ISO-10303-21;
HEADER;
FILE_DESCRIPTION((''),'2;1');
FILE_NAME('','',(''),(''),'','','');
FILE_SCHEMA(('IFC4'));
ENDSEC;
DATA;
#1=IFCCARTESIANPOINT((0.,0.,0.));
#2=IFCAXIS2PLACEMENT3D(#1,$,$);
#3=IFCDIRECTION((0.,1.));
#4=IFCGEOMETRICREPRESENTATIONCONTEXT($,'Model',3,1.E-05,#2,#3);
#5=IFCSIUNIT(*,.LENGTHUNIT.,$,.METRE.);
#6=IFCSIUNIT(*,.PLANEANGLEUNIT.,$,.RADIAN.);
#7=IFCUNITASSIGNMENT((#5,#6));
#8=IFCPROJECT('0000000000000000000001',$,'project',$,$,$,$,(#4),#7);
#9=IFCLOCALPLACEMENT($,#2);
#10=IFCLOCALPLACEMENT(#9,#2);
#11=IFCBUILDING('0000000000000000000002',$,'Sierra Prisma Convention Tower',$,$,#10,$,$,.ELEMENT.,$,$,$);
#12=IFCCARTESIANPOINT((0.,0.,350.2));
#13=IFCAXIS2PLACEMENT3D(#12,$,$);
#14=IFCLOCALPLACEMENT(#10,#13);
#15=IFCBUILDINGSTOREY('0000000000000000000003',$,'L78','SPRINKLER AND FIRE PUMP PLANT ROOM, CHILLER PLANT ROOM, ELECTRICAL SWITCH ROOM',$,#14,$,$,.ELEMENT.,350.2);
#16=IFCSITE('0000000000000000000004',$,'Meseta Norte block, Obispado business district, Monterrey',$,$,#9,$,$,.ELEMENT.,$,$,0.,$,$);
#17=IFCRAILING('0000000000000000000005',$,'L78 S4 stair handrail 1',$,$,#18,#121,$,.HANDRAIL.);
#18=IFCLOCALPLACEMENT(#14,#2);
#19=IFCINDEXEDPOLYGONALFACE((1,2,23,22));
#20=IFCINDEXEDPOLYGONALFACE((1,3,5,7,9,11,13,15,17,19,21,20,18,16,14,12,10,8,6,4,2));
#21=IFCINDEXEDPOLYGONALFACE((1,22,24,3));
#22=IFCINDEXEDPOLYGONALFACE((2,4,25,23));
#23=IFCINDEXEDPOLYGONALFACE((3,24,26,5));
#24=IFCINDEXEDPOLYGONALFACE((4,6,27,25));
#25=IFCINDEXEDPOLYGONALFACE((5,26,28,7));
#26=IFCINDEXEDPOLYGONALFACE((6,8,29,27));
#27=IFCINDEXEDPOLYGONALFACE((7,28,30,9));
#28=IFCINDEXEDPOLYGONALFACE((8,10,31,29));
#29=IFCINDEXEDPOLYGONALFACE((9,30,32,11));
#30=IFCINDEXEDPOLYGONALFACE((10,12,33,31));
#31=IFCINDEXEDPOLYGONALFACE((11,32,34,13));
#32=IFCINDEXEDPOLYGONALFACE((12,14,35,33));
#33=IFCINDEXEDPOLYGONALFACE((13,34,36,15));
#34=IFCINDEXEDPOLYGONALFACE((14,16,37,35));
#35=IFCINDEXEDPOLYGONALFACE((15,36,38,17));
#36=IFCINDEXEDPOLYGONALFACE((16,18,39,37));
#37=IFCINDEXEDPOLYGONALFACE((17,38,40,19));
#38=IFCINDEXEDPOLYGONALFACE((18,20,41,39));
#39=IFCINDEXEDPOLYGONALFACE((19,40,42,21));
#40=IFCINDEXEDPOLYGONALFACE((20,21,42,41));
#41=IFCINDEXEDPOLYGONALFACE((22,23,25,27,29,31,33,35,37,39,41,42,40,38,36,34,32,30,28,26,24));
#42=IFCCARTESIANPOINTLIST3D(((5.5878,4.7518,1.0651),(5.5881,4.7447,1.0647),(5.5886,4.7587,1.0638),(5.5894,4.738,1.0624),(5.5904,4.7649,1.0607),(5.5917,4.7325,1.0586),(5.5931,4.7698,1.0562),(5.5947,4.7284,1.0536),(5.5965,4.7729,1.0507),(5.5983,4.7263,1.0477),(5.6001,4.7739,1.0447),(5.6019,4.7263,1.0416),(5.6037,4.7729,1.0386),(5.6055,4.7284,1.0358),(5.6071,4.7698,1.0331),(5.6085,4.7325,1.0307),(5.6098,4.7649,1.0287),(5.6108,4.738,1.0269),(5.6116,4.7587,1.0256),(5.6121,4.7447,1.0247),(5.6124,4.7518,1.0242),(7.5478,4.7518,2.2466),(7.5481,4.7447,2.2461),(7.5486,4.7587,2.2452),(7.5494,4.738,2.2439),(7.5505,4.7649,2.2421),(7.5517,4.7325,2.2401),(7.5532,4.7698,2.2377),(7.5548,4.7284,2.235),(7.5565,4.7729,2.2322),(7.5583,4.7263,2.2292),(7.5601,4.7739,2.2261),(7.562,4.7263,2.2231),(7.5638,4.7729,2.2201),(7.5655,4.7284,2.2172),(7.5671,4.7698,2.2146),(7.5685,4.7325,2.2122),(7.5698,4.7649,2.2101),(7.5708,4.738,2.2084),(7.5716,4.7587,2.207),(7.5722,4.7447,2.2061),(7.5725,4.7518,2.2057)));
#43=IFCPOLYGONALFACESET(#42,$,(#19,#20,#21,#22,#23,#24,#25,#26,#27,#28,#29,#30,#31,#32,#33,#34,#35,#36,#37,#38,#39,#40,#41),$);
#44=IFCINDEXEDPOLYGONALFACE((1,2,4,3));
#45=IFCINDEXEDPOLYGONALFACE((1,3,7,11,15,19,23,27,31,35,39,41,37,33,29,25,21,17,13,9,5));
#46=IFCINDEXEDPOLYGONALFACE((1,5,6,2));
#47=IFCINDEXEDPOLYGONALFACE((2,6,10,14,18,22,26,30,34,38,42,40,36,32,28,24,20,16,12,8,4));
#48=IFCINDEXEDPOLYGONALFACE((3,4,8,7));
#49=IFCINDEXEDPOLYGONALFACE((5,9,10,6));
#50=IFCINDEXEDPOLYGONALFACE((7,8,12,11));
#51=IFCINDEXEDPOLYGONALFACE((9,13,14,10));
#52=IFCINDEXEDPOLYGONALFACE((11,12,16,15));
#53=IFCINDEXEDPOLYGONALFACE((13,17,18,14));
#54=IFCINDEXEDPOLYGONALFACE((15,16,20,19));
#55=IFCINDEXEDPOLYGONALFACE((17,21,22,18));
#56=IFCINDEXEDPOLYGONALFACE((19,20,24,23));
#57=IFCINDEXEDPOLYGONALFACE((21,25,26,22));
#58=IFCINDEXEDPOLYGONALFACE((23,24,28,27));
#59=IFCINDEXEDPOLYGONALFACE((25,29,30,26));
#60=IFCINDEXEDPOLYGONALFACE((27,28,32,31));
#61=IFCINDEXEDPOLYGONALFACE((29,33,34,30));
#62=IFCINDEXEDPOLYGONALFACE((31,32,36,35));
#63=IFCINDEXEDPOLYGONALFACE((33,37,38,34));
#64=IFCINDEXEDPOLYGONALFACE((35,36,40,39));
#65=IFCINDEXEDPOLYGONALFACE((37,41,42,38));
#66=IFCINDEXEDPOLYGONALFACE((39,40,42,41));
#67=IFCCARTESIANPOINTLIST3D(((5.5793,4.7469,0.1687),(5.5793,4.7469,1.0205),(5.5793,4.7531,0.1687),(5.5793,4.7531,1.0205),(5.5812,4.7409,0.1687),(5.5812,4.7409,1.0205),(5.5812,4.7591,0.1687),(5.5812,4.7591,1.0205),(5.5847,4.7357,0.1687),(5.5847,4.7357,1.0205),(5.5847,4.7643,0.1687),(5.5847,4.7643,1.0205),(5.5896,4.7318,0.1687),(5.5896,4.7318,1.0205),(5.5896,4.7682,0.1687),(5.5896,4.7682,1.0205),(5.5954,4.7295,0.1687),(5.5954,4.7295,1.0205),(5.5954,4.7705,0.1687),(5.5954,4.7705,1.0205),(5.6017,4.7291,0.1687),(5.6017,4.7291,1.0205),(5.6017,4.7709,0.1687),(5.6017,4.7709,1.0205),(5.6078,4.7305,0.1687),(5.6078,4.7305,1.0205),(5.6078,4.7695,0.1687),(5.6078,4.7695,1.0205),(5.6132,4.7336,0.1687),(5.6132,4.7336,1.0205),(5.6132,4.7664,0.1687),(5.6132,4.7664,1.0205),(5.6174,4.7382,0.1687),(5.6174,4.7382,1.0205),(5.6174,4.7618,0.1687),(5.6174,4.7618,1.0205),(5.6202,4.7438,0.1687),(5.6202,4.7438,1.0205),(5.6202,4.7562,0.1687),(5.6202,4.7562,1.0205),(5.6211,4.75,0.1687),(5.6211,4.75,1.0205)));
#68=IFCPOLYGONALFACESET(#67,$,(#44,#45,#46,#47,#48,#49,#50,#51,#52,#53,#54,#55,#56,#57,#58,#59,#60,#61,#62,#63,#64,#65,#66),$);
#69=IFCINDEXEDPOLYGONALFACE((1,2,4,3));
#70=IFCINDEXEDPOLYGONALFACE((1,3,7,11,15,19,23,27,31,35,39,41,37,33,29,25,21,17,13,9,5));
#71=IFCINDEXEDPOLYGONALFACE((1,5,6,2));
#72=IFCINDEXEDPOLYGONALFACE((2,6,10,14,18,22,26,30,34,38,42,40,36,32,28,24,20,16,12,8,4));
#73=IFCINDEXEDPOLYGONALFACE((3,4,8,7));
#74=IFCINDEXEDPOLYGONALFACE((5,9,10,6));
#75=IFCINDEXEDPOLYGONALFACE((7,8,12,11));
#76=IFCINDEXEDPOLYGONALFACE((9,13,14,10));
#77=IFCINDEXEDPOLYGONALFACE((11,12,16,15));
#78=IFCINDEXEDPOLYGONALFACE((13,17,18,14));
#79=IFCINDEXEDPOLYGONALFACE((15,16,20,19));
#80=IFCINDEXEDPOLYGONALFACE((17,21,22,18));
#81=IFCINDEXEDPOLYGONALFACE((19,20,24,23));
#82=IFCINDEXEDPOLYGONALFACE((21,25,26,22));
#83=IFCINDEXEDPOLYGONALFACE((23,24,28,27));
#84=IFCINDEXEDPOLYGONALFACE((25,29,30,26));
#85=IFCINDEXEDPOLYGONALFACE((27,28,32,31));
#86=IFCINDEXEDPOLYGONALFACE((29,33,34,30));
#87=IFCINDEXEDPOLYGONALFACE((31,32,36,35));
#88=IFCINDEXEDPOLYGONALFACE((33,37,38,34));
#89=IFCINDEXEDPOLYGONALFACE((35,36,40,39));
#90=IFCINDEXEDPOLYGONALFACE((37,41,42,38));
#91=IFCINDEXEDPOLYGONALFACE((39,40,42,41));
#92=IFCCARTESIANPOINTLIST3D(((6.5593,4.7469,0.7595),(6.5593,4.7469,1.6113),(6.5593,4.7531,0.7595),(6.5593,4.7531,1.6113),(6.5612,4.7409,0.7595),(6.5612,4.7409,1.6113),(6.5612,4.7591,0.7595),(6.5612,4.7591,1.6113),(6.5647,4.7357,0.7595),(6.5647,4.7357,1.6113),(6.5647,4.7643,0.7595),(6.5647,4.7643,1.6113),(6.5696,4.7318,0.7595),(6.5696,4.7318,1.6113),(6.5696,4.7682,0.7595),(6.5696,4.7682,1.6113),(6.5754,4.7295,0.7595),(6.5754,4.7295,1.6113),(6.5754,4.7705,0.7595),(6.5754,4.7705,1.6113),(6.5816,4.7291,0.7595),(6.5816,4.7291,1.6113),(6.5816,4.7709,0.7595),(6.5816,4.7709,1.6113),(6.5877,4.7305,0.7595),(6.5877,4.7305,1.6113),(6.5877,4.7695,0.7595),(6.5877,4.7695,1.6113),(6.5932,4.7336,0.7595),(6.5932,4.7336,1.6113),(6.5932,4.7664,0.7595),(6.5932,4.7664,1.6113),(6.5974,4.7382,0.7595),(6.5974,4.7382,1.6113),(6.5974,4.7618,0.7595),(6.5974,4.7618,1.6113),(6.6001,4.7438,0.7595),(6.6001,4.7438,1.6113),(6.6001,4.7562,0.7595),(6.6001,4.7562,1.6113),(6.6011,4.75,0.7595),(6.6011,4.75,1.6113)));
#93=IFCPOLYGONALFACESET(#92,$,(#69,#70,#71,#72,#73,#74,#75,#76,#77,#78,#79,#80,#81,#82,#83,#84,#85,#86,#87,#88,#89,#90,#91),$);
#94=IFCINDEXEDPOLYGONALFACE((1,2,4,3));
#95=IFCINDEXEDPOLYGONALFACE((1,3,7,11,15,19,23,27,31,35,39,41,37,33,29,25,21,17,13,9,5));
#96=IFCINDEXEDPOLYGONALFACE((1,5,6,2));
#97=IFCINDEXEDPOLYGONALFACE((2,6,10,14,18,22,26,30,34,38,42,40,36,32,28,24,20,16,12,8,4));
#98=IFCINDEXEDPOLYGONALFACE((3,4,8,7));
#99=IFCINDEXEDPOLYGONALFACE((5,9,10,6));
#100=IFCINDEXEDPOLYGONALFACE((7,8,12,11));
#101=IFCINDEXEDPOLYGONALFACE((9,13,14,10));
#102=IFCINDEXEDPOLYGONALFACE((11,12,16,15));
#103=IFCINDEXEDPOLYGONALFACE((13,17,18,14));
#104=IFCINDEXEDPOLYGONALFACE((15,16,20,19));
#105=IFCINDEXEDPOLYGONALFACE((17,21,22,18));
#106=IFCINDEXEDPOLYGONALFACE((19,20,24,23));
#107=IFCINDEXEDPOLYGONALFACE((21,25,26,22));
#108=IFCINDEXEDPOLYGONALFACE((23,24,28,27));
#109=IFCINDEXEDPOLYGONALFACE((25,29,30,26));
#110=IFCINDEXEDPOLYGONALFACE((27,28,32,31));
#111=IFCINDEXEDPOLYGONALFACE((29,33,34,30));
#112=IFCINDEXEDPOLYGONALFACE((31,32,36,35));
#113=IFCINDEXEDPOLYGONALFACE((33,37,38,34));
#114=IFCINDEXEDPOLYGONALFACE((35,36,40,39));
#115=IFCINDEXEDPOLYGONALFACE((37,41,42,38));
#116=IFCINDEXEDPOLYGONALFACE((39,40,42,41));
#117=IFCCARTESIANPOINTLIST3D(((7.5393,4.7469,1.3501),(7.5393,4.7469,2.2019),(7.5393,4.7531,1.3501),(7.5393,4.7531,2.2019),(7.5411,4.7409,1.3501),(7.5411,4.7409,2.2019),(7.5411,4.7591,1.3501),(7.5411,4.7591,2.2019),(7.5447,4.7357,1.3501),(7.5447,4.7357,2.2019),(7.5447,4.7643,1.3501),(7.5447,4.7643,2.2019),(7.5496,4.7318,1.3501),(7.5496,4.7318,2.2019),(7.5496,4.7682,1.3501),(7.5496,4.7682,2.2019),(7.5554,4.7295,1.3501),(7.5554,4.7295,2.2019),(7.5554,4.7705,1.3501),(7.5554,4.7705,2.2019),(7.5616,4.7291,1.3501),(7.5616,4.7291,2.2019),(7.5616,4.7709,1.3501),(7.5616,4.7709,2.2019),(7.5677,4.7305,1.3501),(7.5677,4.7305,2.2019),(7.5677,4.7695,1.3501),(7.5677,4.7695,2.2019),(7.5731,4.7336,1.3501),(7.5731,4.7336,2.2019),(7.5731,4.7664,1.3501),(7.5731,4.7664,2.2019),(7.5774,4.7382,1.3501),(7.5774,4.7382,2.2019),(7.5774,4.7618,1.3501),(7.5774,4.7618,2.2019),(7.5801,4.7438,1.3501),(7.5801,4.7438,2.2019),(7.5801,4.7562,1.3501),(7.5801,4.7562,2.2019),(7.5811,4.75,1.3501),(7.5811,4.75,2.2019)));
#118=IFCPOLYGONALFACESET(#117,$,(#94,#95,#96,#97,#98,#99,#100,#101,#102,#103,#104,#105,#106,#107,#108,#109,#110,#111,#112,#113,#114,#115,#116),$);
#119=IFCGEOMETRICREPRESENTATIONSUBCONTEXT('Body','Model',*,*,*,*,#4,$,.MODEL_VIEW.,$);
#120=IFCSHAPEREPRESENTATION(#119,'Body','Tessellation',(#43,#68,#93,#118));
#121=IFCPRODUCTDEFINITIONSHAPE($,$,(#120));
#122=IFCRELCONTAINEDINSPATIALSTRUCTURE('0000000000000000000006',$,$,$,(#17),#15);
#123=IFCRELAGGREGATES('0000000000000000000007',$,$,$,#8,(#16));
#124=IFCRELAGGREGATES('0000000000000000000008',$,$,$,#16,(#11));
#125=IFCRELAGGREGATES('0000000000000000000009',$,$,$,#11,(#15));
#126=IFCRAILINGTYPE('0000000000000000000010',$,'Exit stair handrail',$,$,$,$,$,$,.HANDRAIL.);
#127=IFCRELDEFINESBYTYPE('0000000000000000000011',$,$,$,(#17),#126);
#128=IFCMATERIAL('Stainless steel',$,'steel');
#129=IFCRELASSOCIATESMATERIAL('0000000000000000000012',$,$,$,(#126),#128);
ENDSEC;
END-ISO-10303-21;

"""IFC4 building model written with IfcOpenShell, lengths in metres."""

from ifc_helpers import new_model, si_unit, direction, frame, origin, origin_2d, place, context, subcontext, project, spatial, circle, extrude, material, type_object, element, save


model = new_model("IFC4")

# Units and contexts
model_context = context("Model", 3, precision=1e-05, world=origin(), true_north=direction((0.0, 1.0)))
body_context = subcontext(model_context, "Body", "Model", "MODEL_VIEW")
ifc_project = project(units=[si_unit("LENGTHUNIT", "METRE"), si_unit("PLANEANGLEUNIT", "RADIAN")], contexts=[model_context])

# Site, building, storey
site_placement = place(None, origin())
site = spatial("IfcSite", under=ifc_project, at=site_placement, Name="Meseta Norte block, Obispado business district, Monterrey", CompositionType="ELEMENT", RefElevation=0.0)
building_placement = place(site_placement, origin())
building = spatial("IfcBuilding", under=site, at=building_placement, Name="Sierra Prisma Convention Tower", CompositionType="ELEMENT")
storey_placement = place(building_placement, frame((0.0, 0.0, 350.2)))
storey = spatial("IfcBuildingStorey", under=building, at=storey_placement, Name="L78", Description="SPRINKLER AND FIRE PUMP PLANT ROOM, CHILLER PLANT ROOM, ELECTRICAL SWITCH ROOM", CompositionType="ELEMENT", Elevation=350.2)

# Railing
ifc_material_1 = material(Name="Stainless steel", Category="steel")
railing_type = type_object("IfcRailingType", Name="Exit stair handrail", PredefinedType="HANDRAIL", material=ifc_material_1)
railing_1_placement = place(storey_placement, frame((5.6001, 4.75, 0.1687)))
element("IfcRailing", 1, at=railing_1_placement, inside=storey, type_object=railing_type, Name="L78 S4 stair handrail 1", PredefinedType="HANDRAIL", context=body_context, shape_type="SweptSolid", body=[
    extrude(circle(Radius=0.0239, at=origin_2d()), frame((0.0, 0.0, 0.876), z_axis=(0.856446, 0.0, 0.516236), x_axis=(0.0, 1.0, 0.0)), (0.0, 0.0, 1.0), 2.2886),
    extrude(circle(Radius=0.021, at=origin_2d()), origin(), (0.0, 0.0, 1.0), 0.8518),
    extrude(circle(Radius=0.021, at=origin_2d()), frame((0.98, 0.0, 0.5908)), (0.0, 0.0, 1.0), 0.8518),
    extrude(circle(Radius=0.021, at=origin_2d()), frame((1.96, 0.0, 1.1814)), (0.0, 0.0, 1.0), 0.8518),
])

save(model, "model.ifc")
